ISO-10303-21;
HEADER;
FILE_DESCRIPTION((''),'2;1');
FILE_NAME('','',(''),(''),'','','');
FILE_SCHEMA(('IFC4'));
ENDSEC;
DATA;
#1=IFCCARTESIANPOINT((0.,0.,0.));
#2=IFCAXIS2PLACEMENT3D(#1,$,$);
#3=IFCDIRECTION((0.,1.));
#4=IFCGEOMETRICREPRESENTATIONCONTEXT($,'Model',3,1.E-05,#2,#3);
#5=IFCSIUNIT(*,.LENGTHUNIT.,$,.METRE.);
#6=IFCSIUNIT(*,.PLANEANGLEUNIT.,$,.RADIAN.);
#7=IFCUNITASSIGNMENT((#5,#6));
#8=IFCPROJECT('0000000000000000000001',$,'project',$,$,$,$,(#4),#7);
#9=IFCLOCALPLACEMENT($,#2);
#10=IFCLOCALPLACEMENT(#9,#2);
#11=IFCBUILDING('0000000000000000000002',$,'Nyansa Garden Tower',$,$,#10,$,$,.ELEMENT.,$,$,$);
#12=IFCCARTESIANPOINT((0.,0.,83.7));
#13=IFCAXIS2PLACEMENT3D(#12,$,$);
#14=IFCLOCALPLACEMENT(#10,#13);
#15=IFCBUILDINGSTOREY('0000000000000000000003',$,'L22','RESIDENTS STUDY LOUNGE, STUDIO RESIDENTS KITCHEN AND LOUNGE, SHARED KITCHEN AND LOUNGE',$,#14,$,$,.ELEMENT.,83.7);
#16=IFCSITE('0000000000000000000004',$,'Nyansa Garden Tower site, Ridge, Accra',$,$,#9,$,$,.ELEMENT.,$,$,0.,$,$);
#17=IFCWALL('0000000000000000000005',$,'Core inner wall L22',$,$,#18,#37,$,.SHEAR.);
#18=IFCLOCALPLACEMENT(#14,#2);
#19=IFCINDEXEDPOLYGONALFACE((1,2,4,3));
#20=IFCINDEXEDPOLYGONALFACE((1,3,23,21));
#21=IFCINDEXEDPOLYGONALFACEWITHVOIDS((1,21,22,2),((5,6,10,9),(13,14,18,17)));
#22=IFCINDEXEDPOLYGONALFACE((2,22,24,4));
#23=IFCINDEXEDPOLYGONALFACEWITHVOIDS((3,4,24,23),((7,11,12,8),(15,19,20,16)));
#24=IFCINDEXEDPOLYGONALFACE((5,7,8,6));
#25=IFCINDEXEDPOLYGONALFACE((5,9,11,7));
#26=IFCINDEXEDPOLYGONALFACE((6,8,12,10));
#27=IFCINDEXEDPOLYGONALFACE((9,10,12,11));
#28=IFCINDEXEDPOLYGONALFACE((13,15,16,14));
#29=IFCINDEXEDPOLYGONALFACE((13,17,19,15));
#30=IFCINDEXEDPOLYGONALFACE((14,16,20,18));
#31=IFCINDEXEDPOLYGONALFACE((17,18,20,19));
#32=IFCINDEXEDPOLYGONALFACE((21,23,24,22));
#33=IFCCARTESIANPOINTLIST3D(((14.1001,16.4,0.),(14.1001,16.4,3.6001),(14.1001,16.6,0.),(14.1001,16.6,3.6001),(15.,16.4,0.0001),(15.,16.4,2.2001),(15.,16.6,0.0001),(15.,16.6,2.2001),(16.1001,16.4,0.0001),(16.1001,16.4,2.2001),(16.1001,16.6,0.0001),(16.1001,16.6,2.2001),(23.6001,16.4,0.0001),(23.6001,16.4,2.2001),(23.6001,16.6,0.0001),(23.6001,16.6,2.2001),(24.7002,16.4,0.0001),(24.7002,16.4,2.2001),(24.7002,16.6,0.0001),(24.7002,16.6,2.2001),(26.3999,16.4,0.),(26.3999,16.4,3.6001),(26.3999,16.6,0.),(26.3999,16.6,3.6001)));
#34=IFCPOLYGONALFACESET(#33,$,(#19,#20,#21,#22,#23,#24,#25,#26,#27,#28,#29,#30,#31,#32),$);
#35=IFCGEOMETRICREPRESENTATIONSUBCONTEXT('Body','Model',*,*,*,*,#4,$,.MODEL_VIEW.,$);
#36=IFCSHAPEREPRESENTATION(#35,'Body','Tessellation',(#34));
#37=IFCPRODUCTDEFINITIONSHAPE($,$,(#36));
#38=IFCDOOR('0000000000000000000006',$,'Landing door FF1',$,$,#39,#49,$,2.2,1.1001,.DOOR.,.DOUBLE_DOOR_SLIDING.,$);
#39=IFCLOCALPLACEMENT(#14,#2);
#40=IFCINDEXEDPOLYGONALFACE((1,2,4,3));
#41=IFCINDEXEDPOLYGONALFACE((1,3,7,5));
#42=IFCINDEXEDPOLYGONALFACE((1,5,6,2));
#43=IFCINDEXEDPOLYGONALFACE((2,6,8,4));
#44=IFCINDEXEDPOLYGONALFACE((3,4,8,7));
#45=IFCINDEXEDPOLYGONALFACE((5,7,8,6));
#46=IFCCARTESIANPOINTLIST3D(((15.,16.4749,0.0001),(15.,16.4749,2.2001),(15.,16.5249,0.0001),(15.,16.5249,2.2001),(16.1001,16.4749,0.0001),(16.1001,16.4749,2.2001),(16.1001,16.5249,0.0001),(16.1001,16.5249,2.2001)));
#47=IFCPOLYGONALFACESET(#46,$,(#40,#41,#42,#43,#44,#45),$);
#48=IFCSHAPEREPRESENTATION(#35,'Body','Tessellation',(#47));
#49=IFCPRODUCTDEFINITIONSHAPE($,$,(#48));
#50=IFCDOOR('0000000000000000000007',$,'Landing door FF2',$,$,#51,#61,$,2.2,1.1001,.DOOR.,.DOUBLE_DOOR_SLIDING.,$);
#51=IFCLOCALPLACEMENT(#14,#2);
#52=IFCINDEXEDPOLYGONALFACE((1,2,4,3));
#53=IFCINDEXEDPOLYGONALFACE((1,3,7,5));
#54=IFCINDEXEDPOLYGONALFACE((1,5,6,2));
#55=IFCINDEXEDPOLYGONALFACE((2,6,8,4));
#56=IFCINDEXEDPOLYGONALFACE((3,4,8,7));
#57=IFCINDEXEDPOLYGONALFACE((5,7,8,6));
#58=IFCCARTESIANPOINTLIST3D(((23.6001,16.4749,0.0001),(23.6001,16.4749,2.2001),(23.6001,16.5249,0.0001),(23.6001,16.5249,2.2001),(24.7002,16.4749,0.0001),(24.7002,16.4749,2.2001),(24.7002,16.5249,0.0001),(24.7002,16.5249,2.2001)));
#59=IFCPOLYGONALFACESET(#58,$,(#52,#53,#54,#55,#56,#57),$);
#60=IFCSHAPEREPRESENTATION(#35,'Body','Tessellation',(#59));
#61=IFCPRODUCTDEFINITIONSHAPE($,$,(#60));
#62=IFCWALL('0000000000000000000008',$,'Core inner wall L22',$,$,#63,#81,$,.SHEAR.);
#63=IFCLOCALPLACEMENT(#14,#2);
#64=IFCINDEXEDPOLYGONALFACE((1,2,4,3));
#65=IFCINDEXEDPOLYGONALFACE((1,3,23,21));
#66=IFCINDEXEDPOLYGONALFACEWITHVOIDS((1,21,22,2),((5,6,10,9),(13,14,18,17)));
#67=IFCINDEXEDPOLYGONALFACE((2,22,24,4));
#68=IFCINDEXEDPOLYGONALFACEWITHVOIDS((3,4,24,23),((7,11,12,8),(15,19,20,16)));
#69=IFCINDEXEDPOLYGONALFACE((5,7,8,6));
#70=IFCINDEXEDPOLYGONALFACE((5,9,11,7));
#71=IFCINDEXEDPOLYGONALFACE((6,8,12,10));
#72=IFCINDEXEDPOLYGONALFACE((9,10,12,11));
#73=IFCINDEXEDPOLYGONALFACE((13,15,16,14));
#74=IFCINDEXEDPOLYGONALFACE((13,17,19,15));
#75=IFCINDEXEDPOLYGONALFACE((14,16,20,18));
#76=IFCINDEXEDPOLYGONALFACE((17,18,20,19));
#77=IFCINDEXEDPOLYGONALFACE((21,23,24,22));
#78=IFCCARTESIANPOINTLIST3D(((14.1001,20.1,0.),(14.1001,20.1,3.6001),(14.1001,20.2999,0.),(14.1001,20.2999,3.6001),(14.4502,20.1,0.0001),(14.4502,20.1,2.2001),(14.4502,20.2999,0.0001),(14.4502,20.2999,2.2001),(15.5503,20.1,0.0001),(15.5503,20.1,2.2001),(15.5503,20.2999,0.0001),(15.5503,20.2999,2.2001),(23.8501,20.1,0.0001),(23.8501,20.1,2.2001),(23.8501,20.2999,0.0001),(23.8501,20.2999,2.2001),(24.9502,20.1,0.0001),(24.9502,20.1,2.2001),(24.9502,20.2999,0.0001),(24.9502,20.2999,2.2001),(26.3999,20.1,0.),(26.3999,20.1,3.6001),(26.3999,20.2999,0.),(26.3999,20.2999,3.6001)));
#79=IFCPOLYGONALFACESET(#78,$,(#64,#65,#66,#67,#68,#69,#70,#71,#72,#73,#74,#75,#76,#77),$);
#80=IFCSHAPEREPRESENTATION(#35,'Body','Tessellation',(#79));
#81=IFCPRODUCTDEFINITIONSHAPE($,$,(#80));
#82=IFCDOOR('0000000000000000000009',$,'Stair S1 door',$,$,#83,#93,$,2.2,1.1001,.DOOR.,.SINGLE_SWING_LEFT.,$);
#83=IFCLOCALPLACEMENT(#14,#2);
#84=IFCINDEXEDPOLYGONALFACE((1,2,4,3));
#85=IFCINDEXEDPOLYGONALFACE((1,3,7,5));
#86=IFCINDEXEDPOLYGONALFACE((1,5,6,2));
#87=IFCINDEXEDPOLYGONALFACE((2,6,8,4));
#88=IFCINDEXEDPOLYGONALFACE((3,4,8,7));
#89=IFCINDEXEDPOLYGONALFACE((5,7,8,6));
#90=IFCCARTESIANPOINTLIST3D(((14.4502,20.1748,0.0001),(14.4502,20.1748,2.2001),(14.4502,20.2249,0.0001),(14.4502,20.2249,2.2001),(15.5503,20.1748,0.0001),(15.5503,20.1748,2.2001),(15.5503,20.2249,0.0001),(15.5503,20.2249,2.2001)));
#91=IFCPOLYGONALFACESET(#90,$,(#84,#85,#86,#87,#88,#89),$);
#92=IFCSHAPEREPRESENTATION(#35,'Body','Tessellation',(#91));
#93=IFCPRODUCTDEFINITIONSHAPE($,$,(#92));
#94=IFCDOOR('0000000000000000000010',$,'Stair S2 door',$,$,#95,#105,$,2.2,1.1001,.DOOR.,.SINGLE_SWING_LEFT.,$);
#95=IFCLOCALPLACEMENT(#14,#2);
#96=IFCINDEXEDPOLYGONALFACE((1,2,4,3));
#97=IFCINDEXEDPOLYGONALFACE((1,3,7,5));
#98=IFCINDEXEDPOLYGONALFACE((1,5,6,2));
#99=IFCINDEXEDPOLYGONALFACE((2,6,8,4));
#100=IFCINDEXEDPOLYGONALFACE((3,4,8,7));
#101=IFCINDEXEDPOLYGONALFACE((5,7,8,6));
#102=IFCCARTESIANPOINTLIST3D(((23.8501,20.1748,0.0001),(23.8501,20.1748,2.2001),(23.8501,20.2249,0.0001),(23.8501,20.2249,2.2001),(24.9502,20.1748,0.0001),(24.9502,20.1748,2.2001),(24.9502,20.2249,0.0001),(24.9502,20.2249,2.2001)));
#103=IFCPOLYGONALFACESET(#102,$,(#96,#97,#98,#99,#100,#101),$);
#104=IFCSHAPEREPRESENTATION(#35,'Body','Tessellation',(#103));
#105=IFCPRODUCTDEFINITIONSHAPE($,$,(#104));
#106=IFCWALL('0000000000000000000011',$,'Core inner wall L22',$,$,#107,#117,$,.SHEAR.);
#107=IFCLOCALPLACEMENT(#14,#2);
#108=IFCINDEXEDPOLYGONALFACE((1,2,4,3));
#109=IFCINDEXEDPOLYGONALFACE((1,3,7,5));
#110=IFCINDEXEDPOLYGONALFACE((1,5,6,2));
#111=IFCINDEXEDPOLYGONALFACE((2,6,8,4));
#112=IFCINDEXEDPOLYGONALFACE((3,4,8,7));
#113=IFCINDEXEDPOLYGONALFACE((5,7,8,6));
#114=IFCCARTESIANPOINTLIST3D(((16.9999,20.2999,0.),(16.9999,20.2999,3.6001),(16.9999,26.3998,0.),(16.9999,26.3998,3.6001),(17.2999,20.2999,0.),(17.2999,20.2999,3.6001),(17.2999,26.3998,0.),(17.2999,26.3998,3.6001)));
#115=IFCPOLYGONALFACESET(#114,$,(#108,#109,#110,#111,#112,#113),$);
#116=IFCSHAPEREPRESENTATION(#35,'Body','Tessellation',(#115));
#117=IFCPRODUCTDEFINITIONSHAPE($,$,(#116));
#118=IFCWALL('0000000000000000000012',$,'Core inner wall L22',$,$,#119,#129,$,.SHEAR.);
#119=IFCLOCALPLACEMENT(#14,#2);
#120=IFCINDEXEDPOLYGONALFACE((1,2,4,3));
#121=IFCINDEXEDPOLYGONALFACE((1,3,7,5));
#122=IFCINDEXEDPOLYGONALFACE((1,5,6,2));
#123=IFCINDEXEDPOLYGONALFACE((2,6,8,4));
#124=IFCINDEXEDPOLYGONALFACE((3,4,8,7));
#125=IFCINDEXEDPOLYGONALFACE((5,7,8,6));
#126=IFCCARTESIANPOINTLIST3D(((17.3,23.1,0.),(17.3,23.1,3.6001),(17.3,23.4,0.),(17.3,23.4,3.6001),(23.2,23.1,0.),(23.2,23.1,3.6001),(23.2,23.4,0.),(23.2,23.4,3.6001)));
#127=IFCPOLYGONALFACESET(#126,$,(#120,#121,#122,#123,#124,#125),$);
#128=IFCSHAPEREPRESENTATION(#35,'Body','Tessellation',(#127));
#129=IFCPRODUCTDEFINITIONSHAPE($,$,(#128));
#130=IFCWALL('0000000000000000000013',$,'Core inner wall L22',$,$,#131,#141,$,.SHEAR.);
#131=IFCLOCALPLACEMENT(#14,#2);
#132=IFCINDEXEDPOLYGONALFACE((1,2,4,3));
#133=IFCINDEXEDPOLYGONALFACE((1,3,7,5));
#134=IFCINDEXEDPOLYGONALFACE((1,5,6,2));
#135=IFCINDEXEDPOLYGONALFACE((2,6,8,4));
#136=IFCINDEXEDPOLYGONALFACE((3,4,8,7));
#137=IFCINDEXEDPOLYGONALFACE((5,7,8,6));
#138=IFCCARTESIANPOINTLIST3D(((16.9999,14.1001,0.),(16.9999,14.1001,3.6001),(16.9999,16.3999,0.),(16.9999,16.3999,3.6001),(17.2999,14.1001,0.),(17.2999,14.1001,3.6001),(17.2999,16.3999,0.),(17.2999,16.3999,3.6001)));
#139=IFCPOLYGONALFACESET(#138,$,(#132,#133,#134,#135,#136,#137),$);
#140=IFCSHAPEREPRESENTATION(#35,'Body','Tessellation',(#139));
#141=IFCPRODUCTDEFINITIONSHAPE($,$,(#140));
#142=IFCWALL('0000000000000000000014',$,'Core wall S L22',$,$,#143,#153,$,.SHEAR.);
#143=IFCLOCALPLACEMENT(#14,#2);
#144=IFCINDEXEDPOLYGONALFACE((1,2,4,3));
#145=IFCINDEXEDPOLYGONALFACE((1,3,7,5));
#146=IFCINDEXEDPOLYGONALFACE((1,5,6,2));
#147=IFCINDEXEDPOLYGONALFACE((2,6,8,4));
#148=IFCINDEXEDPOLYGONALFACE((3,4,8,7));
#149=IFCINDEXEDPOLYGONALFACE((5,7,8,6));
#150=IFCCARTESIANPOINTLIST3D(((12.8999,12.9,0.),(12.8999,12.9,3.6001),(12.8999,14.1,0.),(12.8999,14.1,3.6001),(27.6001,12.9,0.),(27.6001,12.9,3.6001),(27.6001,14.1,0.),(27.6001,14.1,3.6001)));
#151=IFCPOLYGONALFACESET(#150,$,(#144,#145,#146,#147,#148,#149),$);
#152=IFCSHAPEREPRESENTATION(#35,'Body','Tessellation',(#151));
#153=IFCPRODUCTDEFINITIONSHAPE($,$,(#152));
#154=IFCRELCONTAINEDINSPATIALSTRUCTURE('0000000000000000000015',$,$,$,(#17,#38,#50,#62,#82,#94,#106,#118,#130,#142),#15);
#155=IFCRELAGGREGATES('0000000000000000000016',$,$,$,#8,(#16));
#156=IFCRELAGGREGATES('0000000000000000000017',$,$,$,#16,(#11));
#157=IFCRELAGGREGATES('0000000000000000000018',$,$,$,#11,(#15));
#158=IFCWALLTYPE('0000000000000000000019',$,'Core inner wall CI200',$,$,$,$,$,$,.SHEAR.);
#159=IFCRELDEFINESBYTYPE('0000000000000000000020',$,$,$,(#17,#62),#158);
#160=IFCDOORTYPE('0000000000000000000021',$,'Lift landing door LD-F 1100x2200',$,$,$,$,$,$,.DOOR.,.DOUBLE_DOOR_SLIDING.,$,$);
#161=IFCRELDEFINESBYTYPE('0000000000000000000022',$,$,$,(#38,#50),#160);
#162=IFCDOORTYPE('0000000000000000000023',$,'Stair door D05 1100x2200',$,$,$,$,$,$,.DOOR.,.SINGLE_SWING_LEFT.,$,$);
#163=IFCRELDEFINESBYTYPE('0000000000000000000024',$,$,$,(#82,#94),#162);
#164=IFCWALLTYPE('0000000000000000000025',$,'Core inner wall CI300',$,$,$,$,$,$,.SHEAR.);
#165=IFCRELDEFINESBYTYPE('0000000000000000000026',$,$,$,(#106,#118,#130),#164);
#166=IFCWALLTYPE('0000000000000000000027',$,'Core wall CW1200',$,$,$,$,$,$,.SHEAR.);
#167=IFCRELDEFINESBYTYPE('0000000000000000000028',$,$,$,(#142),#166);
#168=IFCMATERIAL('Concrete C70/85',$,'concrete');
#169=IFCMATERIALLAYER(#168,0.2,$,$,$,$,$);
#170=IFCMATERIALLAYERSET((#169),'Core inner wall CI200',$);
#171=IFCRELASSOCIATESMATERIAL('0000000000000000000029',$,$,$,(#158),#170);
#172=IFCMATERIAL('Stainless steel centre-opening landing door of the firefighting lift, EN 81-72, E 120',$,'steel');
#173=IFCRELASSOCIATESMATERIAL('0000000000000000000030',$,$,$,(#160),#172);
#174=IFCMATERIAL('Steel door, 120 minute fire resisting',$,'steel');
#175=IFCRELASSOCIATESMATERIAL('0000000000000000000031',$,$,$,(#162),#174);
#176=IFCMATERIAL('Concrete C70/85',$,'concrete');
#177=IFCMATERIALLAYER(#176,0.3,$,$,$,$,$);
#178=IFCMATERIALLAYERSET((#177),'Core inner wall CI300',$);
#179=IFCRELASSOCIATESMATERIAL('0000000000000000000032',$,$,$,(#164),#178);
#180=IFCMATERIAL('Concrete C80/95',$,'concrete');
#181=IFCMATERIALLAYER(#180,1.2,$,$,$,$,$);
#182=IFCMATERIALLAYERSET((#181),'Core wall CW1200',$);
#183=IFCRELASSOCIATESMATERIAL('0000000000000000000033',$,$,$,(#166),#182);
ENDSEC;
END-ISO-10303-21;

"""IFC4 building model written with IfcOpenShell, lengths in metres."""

from ifc_helpers import new_model, si_unit, direction, frame, frame_2d, origin, place, context, subcontext, project, spatial, rectangle, extrude, material, layer, layer_set, type_object, element, fill, save


model = new_model("IFC4")

# Units and contexts
model_context = context("Model", 3, precision=1e-05, world=origin(), true_north=direction((0.0, 1.0)))
body_context = subcontext(model_context, "Body", "Model", "MODEL_VIEW")
ifc_project = project(units=[si_unit("LENGTHUNIT", "METRE"), si_unit("PLANEANGLEUNIT", "RADIAN")], contexts=[model_context])

# Site, building, storey
site_placement = place(None, origin())
site = spatial("IfcSite", under=ifc_project, at=site_placement, Name="Nyansa Garden Tower site, Ridge, Accra", CompositionType="ELEMENT", RefElevation=0.0)
building_placement = place(site_placement, origin())
building = spatial("IfcBuilding", under=site, at=building_placement, Name="Nyansa Garden Tower", CompositionType="ELEMENT")
storey_placement = place(building_placement, frame((0.0, 0.0, 83.7)))
storey = spatial("IfcBuildingStorey", under=building, at=storey_placement, Name="L22", Description="RESIDENTS STUDY LOUNGE, STUDIO RESIDENTS KITCHEN AND LOUNGE, SHARED KITCHEN AND LOUNGE", CompositionType="ELEMENT", Elevation=83.7)

# Walls, openings, doors
ifc_material_1 = material(Name="Concrete C70/85", Category="concrete")
ifc_layer_1 = layer(ifc_material_1, 0.2)
ifc_layer_set_1 = layer_set([ifc_layer_1], Name="Core inner wall CI200")
wall_type_1 = type_object("IfcWallType", Name="Core inner wall CI200", PredefinedType="SHEAR", material=ifc_layer_set_1)
wall_1_placement = place(storey_placement, frame((14.1001, 16.5, 0.0), z_axis=(0.0, 0.0, 1.0), x_axis=(1.0, 0.0, 0.0)))
wall_1 = element("IfcWall", 1, at=wall_1_placement, inside=storey, type_object=wall_type_1, Name="Core inner wall L22", PredefinedType="SHEAR", context=body_context, shape_type="SweptSolid", body=[
    extrude(rectangle(XDim=12.2998, YDim=0.2, at=frame_2d((6.1499, 0.0))), origin(), (0.0, 0.0, 1.0), 3.6001),
])
opening_1_placement = place(wall_1_placement, frame((0.8999, 0.0, 0.0)))
opening_1 = element("IfcOpeningElement", 2, at=opening_1_placement, cuts=wall_1, PredefinedType="OPENING", context=body_context, shape_type="SweptSolid", body=[
    extrude(rectangle(XDim=1.1001, YDim=2.2, at=frame_2d((0.55, 1.1001))), frame((0.0, 0.1099, 0.0), z_axis=(0.0, -1.0, 0.0), x_axis=(1.0, 0.0, 0.0)), (0.0, 0.0, 1.0), 0.22),
])
opening_2_placement = place(wall_1_placement, frame((9.5, 0.0, 0.0)))
opening_2 = element("IfcOpeningElement", 3, at=opening_2_placement, cuts=wall_1, PredefinedType="OPENING", context=body_context, shape_type="SweptSolid", body=[
    extrude(rectangle(XDim=1.1001, YDim=2.2, at=frame_2d((0.55, 1.1001))), frame((0.0, 0.1099, 0.0), z_axis=(0.0, -1.0, 0.0), x_axis=(1.0, 0.0, 0.0)), (0.0, 0.0, 1.0), 0.22),
])
ifc_material_2 = material(Name="Stainless steel centre-opening landing door of the firefighting lift, EN 81-72, E 120", Category="steel")
door_type_1 = type_object("IfcDoorType", Name="Lift landing door LD-F 1100x2200", OperationType="DOUBLE_DOOR_SLIDING", PredefinedType="DOOR", material=ifc_material_2)
door_1_placement = place(opening_1_placement, origin())
door_1 = element("IfcDoor", 4, at=door_1_placement, inside=storey, type_object=door_type_1, Name="Landing door FF1", OperationType="DOUBLE_DOOR_SLIDING", OverallHeight=2.2, OverallWidth=1.1001, PredefinedType="DOOR", context=body_context, shape_type="SweptSolid", body=[
    extrude(rectangle(XDim=1.1001, YDim=2.2, at=frame_2d((0.55, 1.1001))), frame((0.0, 0.0249, 0.0), z_axis=(0.0, -1.0, 0.0), x_axis=(1.0, 0.0, 0.0)), (0.0, 0.0, 1.0), 0.05),
])
fill(opening_1, door_1)
door_2_placement = place(opening_2_placement, origin())
door_2 = element("IfcDoor", 5, at=door_2_placement, inside=storey, type_object=door_type_1, Name="Landing door FF2", OperationType="DOUBLE_DOOR_SLIDING", OverallHeight=2.2, OverallWidth=1.1001, PredefinedType="DOOR", context=body_context, shape_type="SweptSolid", body=[
    extrude(rectangle(XDim=1.1001, YDim=2.2, at=frame_2d((0.55, 1.1001))), frame((0.0, 0.0249, 0.0), z_axis=(0.0, -1.0, 0.0), x_axis=(1.0, 0.0, 0.0)), (0.0, 0.0, 1.0), 0.05),
])
fill(opening_2, door_2)
wall_2_placement = place(storey_placement, frame((14.1001, 20.2, 0.0), z_axis=(0.0, 0.0, 1.0), x_axis=(1.0, 0.0, 0.0)))
wall_2 = element("IfcWall", 6, at=wall_2_placement, inside=storey, type_object=wall_type_1, Name="Core inner wall L22", PredefinedType="SHEAR", context=body_context, shape_type="SweptSolid", body=[
    extrude(rectangle(XDim=12.2998, YDim=0.2, at=frame_2d((6.1499, 0.0))), origin(), (0.0, 0.0, 1.0), 3.6001),
])
opening_3_placement = place(wall_2_placement, frame((0.3501, 0.0, 0.0)))
opening_3 = element("IfcOpeningElement", 7, at=opening_3_placement, cuts=wall_2, PredefinedType="OPENING", context=body_context, shape_type="SweptSolid", body=[
    extrude(rectangle(XDim=1.1001, YDim=2.2, at=frame_2d((0.55, 1.1001))), frame((0.0, 0.1099, 0.0), z_axis=(0.0, -1.0, 0.0), x_axis=(1.0, 0.0, 0.0)), (0.0, 0.0, 1.0), 0.22),
])
opening_4_placement = place(wall_2_placement, frame((9.75, 0.0, 0.0)))
opening_4 = element("IfcOpeningElement", 8, at=opening_4_placement, cuts=wall_2, PredefinedType="OPENING", context=body_context, shape_type="SweptSolid", body=[
    extrude(rectangle(XDim=1.1001, YDim=2.2, at=frame_2d((0.55, 1.1001))), frame((0.0, 0.1099, 0.0), z_axis=(0.0, -1.0, 0.0), x_axis=(1.0, 0.0, 0.0)), (0.0, 0.0, 1.0), 0.22),
])
ifc_material_3 = material(Name="Steel door, 120 minute fire resisting", Category="steel")
door_type_2 = type_object("IfcDoorType", Name="Stair door D05 1100x2200", OperationType="SINGLE_SWING_LEFT", PredefinedType="DOOR", material=ifc_material_3)
door_3_placement = place(opening_3_placement, origin())
door_3 = element("IfcDoor", 9, at=door_3_placement, inside=storey, type_object=door_type_2, Name="Stair S1 door", OperationType="SINGLE_SWING_LEFT", OverallHeight=2.2, OverallWidth=1.1001, PredefinedType="DOOR", context=body_context, shape_type="SweptSolid", body=[
    extrude(rectangle(XDim=1.1001, YDim=2.2, at=frame_2d((0.55, 1.1001))), frame((0.0, 0.0249, 0.0), z_axis=(0.0, -1.0, 0.0), x_axis=(1.0, 0.0, 0.0)), (0.0, 0.0, 1.0), 0.05),
])
fill(opening_3, door_3)
door_4_placement = place(opening_4_placement, origin())
door_4 = element("IfcDoor", 10, at=door_4_placement, inside=storey, type_object=door_type_2, Name="Stair S2 door", OperationType="SINGLE_SWING_LEFT", OverallHeight=2.2, OverallWidth=1.1001, PredefinedType="DOOR", context=body_context, shape_type="SweptSolid", body=[
    extrude(rectangle(XDim=1.1001, YDim=2.2, at=frame_2d((0.55, 1.1001))), frame((0.0, 0.0249, 0.0), z_axis=(0.0, -1.0, 0.0), x_axis=(1.0, 0.0, 0.0)), (0.0, 0.0, 1.0), 0.05),
])
fill(opening_4, door_4)

# Walls
ifc_material_4 = material(Name="Concrete C70/85", Category="concrete")
ifc_layer_2 = layer(ifc_material_4, 0.3)
ifc_layer_set_2 = layer_set([ifc_layer_2], Name="Core inner wall CI300")
wall_type_2 = type_object("IfcWallType", Name="Core inner wall CI300", PredefinedType="SHEAR", material=ifc_layer_set_2)
wall_3_placement = place(storey_placement, frame((17.1499, 20.3, 0.0), z_axis=(0.0, 0.0, 1.0), x_axis=(0.0, 1.0, 0.0)))
element("IfcWall", 11, at=wall_3_placement, inside=storey, type_object=wall_type_2, Name="Core inner wall L22", PredefinedType="SHEAR", context=body_context, shape_type="SweptSolid", body=[
    extrude(rectangle(XDim=6.0999, YDim=0.3, at=frame_2d((3.0498, 0.0))), origin(), (0.0, 0.0, 1.0), 3.6001),
])
wall_4_placement = place(storey_placement, frame((17.3, 23.25, 0.0), z_axis=(0.0, 0.0, 1.0), x_axis=(1.0, 0.0, 0.0)))
element("IfcWall", 12, at=wall_4_placement, inside=storey, type_object=wall_type_2, Name="Core inner wall L22", PredefinedType="SHEAR", context=body_context, shape_type="SweptSolid", body=[
    extrude(rectangle(XDim=5.8999, YDim=0.3, at=frame_2d((2.95, 0.0))), origin(), (0.0, 0.0, 1.0), 3.6001),
])
wall_5_placement = place(storey_placement, frame((17.1499, 14.1001, 0.0), z_axis=(0.0, 0.0, 1.0), x_axis=(0.0, 1.0, 0.0)))
element("IfcWall", 13, at=wall_5_placement, inside=storey, type_object=wall_type_2, Name="Core inner wall L22", PredefinedType="SHEAR", context=body_context, shape_type="SweptSolid", body=[
    extrude(rectangle(XDim=2.2998, YDim=0.3, at=frame_2d((1.1499, 0.0))), origin(), (0.0, 0.0, 1.0), 3.6001),
])
ifc_material_5 = material(Name="Concrete C80/95", Category="concrete")
ifc_layer_3 = layer(ifc_material_5, 1.2)
ifc_layer_set_3 = layer_set([ifc_layer_3], Name="Core wall CW1200")
wall_type_3 = type_object("IfcWallType", Name="Core wall CW1200", PredefinedType="SHEAR", material=ifc_layer_set_3)
wall_6_placement = place(storey_placement, frame((12.8999, 13.5, 0.0), z_axis=(0.0, 0.0, 1.0), x_axis=(1.0, 0.0, 0.0)))
element("IfcWall", 14, at=wall_6_placement, inside=storey, type_object=wall_type_3, Name="Core wall S L22", PredefinedType="SHEAR", context=body_context, shape_type="SweptSolid", body=[
    extrude(rectangle(XDim=14.7002, YDim=1.2, at=frame_2d((7.3501, 0.0))), origin(), (0.0, 0.0, 1.0), 3.6001),
])

save(model, "model.ifc")
